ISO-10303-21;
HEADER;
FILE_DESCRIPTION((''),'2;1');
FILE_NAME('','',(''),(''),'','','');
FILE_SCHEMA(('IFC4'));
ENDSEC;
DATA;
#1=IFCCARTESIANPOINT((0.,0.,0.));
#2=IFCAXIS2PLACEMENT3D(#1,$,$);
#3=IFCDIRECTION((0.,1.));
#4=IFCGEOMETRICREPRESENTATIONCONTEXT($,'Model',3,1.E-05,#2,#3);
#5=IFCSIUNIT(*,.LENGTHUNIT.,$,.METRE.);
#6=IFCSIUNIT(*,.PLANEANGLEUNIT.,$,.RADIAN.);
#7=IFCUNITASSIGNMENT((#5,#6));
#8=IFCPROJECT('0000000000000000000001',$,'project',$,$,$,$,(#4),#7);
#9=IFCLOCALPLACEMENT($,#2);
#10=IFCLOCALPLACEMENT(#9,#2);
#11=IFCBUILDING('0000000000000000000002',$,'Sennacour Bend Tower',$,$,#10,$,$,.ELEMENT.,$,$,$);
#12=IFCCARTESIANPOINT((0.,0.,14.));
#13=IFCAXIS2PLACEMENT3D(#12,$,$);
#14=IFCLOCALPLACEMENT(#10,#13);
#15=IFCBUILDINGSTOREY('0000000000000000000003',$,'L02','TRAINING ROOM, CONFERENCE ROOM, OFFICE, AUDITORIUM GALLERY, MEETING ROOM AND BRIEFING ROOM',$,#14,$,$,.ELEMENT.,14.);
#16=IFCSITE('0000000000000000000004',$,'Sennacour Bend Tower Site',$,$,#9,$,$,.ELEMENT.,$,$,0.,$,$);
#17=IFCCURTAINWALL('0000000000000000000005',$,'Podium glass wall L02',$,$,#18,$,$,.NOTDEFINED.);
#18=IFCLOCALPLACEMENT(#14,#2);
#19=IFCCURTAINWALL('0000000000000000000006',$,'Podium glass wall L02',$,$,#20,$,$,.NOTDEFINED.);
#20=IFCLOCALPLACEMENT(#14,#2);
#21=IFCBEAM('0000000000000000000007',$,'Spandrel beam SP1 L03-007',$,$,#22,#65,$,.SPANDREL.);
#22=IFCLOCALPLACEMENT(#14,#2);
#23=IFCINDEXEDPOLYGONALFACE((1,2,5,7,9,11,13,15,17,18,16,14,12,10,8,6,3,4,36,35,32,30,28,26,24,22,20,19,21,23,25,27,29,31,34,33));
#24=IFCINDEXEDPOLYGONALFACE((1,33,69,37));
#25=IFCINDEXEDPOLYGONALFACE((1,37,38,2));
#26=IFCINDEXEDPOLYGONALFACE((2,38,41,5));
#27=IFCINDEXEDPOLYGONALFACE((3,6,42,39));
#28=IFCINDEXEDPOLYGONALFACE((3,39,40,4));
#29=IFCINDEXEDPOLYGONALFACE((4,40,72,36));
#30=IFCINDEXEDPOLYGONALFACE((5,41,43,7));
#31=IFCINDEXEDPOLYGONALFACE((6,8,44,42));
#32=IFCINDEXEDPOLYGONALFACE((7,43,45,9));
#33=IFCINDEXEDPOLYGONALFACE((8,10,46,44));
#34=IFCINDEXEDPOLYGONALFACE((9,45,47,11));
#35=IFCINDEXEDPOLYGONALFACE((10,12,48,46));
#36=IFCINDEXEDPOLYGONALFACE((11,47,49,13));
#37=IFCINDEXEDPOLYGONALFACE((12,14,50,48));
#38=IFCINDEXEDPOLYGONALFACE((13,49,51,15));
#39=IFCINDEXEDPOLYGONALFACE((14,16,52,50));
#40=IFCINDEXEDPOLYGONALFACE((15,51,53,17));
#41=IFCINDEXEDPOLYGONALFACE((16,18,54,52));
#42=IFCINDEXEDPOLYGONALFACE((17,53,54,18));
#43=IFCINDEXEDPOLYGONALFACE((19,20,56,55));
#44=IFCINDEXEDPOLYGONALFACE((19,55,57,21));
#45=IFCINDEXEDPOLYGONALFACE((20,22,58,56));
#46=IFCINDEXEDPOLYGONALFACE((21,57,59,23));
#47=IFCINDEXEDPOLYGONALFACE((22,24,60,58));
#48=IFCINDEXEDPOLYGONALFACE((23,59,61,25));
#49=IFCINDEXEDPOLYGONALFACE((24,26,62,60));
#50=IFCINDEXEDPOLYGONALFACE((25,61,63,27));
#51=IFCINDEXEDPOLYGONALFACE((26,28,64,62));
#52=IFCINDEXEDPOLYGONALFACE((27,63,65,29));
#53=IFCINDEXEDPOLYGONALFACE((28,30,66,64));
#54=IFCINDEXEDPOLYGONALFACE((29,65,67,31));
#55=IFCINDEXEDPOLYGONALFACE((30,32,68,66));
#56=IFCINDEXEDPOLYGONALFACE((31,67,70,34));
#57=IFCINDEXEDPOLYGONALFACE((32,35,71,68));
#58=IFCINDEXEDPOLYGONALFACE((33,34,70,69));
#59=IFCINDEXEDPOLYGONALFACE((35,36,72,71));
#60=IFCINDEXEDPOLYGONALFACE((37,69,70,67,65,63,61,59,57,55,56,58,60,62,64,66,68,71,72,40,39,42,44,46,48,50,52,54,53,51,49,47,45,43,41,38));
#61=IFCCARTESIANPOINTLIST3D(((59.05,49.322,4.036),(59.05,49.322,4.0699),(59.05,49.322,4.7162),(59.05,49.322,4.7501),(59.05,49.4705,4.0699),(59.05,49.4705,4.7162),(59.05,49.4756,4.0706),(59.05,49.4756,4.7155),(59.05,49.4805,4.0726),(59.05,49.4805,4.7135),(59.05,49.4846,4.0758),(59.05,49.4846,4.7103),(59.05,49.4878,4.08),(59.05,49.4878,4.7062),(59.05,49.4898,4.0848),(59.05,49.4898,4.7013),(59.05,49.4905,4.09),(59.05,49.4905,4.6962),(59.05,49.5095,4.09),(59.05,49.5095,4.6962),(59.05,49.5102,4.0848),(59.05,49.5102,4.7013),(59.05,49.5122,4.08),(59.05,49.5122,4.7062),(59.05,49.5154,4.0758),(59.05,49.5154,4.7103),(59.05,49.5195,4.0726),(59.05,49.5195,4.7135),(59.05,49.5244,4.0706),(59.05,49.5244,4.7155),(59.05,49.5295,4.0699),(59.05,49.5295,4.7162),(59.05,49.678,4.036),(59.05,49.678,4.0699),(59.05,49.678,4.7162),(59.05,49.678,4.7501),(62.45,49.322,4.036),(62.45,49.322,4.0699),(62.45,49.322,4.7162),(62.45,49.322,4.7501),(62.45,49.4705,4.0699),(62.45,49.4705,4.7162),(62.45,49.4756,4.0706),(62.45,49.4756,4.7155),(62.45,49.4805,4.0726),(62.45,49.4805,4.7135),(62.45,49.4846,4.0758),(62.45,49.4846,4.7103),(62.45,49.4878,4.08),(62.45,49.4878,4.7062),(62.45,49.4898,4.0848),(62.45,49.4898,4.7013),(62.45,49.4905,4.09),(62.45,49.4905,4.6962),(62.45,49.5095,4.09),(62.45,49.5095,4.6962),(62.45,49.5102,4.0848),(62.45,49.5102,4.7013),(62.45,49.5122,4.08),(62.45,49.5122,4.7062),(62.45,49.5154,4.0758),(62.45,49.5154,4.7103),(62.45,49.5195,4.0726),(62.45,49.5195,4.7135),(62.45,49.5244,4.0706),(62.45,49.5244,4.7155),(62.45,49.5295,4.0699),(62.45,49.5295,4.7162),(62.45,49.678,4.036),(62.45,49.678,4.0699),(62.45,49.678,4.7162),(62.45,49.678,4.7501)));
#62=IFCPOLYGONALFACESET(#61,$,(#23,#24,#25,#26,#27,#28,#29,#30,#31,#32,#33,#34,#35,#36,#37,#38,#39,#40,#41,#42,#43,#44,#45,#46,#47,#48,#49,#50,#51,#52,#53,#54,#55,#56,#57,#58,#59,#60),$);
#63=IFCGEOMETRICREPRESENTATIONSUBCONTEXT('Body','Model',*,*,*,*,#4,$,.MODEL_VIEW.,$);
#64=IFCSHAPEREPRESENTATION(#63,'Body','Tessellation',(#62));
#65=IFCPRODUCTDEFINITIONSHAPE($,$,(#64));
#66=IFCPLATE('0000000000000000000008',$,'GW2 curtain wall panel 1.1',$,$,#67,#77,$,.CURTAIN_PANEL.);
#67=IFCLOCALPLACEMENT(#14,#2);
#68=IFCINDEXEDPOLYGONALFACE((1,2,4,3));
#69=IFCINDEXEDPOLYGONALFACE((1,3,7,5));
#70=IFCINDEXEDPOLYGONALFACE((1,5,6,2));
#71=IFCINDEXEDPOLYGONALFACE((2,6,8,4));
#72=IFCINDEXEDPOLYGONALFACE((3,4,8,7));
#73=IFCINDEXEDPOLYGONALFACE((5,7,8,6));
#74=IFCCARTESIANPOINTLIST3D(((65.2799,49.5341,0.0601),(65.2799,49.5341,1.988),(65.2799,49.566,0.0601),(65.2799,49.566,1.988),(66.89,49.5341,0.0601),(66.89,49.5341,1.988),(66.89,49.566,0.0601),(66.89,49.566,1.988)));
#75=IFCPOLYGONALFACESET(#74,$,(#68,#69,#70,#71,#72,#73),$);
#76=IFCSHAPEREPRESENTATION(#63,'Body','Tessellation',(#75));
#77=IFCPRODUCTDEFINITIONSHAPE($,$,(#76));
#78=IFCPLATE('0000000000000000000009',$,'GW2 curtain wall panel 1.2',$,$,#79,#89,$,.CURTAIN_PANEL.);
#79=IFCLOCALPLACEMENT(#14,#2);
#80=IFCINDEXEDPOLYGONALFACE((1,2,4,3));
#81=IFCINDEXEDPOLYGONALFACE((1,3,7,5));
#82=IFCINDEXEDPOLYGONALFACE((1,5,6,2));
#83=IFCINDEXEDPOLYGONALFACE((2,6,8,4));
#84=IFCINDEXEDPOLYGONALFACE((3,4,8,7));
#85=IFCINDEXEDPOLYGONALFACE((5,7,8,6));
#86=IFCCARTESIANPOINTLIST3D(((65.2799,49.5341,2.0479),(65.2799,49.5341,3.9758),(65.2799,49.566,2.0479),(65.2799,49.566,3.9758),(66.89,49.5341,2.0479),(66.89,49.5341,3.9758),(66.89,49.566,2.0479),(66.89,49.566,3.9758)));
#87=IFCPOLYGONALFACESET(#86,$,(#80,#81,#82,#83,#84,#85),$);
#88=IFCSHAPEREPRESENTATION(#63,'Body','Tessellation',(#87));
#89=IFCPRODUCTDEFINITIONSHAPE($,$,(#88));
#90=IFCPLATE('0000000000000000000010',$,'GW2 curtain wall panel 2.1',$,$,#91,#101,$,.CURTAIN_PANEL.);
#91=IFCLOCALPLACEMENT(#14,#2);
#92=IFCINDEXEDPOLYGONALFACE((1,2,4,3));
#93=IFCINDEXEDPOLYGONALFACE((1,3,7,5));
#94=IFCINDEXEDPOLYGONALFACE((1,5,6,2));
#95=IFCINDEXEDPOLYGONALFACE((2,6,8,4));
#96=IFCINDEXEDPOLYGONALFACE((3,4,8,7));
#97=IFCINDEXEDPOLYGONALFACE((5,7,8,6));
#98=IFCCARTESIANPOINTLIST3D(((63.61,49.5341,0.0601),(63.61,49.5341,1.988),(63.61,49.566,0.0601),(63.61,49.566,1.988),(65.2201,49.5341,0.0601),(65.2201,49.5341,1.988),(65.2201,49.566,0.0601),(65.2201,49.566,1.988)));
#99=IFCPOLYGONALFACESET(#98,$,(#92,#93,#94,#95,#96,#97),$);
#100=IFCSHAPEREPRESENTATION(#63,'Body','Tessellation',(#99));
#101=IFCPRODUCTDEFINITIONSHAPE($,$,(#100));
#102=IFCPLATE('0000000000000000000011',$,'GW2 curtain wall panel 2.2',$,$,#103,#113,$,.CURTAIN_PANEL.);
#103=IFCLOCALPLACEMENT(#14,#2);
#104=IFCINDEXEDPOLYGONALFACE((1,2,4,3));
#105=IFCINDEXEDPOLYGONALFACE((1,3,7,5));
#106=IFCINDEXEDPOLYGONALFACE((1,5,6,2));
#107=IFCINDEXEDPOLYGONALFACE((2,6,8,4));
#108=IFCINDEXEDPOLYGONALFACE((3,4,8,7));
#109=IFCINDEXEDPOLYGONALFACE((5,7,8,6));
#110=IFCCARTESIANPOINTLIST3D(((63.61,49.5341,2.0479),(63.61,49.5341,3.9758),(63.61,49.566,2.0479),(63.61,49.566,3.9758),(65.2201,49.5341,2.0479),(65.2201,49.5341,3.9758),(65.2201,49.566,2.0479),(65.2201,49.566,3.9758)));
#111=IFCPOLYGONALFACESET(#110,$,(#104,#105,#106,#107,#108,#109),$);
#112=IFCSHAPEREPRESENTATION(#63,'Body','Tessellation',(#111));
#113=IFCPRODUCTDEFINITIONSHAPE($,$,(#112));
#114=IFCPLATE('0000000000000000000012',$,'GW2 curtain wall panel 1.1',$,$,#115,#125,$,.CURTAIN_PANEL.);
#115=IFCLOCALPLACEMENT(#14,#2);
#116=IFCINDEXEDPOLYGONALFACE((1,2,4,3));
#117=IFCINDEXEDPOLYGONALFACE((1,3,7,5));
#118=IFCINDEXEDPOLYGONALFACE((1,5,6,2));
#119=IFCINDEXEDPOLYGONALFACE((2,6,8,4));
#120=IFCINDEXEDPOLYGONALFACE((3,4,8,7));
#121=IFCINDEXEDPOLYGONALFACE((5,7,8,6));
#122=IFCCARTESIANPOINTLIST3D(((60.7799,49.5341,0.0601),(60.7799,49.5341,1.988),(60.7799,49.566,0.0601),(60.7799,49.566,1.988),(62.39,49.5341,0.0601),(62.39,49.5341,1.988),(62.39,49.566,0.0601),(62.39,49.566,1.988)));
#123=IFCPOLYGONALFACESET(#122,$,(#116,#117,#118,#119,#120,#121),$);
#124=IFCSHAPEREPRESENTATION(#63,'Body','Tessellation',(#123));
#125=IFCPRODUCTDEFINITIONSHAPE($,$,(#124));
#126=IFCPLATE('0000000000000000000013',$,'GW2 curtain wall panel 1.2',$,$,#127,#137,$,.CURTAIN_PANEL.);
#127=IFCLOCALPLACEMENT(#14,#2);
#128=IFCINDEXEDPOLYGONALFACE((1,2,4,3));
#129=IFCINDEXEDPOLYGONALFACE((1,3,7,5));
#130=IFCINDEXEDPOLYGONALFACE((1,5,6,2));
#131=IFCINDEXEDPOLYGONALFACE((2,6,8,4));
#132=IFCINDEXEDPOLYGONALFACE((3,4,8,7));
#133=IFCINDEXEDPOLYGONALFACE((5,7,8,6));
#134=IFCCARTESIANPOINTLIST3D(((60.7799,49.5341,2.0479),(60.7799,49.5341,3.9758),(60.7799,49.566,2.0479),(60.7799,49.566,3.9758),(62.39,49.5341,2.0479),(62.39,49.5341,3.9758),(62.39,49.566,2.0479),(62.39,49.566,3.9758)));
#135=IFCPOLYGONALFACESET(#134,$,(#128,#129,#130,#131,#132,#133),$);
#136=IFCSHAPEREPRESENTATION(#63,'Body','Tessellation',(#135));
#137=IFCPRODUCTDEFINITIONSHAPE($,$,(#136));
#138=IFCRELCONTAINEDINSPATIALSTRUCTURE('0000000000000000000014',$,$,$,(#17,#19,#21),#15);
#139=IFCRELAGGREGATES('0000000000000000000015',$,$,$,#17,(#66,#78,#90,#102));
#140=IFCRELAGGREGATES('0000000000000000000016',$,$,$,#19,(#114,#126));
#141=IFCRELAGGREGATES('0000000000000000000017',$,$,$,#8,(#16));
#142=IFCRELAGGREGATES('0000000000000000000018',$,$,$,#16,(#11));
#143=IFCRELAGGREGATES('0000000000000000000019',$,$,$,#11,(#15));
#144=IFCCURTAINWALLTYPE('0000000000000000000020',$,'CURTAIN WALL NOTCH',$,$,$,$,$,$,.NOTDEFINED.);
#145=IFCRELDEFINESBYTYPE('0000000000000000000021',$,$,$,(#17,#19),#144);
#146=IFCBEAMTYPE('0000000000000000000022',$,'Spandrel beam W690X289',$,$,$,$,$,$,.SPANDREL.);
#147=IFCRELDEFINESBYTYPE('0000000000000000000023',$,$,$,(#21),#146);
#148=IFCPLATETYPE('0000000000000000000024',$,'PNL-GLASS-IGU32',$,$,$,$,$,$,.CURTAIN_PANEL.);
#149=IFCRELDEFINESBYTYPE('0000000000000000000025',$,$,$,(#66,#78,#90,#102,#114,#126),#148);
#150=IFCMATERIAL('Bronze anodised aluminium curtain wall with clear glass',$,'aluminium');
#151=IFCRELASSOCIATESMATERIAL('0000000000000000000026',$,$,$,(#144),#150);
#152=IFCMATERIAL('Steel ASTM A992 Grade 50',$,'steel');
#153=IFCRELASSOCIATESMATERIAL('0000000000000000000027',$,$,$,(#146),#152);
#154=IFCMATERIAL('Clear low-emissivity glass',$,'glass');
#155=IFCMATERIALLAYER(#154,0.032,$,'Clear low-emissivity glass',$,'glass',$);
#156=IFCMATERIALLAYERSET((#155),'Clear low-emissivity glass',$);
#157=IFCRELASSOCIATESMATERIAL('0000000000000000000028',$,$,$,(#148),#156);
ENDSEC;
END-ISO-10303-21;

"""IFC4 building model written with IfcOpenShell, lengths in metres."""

from ifc_helpers import new_model, si_unit, direction, frame, origin, origin_2d, place, context, subcontext, project, spatial, rectangle, i_section, extrude, material, layer, layer_set, material_profile, profile_set, type_object, element, aggregate, save


model = new_model("IFC4")

# Units and contexts
model_context = context("Model", 3, precision=1e-05, world=origin(), true_north=direction((0.0, 1.0)))
body_context = subcontext(model_context, "Body", "Model", "MODEL_VIEW")
ifc_project = project(units=[si_unit("LENGTHUNIT", "METRE"), si_unit("PLANEANGLEUNIT", "RADIAN")], contexts=[model_context])

# Site, building, storey
site_placement = place(None, origin())
site = spatial("IfcSite", under=ifc_project, at=site_placement, Name="Sennacour Bend Tower Site", CompositionType="ELEMENT", RefElevation=0.0)
building_placement = place(site_placement, origin())
building = spatial("IfcBuilding", under=site, at=building_placement, Name="Sennacour Bend Tower", CompositionType="ELEMENT")
storey_placement = place(building_placement, frame((0.0, 0.0, 14.0)))
storey = spatial("IfcBuildingStorey", under=building, at=storey_placement, Name="L02", Description="TRAINING ROOM, CONFERENCE ROOM, OFFICE, AUDITORIUM GALLERY, MEETING ROOM AND BRIEFING ROOM", CompositionType="ELEMENT", Elevation=14.0)

# Curtain walls
ifc_material_1 = material(Name="Bronze anodised aluminium curtain wall with clear glass", Category="aluminium")
curtain_wall_type = type_object("IfcCurtainWallType", Name="CURTAIN WALL NOTCH", PredefinedType="NOTDEFINED", material=ifc_material_1)
curtain_wall_1_placement = place(storey_placement, origin())
curtain_wall_1 = element("IfcCurtainWall", 1, at=curtain_wall_1_placement, inside=storey, type_object=curtain_wall_type, Name="Podium glass wall L02", PredefinedType="NOTDEFINED")
curtain_wall_2_placement = place(storey_placement, origin())
curtain_wall_2 = element("IfcCurtainWall", 2, at=curtain_wall_2_placement, inside=storey, type_object=curtain_wall_type, Name="Podium glass wall L02", PredefinedType="NOTDEFINED")

# Beam
ifc_material_2 = material(Name="Steel ASTM A992 Grade 50", Category="steel")
ifc_material_profile_1 = material_profile(ifc_material_2, i_section(OverallWidth=0.356, OverallDepth=0.7141, WebThickness=0.019, FlangeThickness=0.0339, FilletRadius=0.02, at=origin_2d()), Name="Steel ASTM A992 Grade 50", Category="steel")
ifc_profile_set_1 = profile_set([ifc_material_profile_1], Name="Steel ASTM A992 Grade 50")
beam_type = type_object("IfcBeamType", Name="Spandrel beam W690X289", PredefinedType="SPANDREL", material=ifc_profile_set_1)
for number, where, z_axis, x_axis, name in (
    (3, (62.45, 49.5, 4.3931), (-1.0, 0.0, 0.0), (0.0, -1.0, 0.0), "Spandrel beam SP1 L03-007"),
):
    element("IfcBeam", number, at=place(storey_placement, frame(where, z_axis=z_axis, x_axis=x_axis)), inside=storey, type_object=beam_type, Name=name, PredefinedType="SPANDREL", context=body_context, shape_type="SweptSolid", body=[
        extrude(i_section(OverallWidth=0.356, OverallDepth=0.7141, WebThickness=0.019, FlangeThickness=0.0339, FilletRadius=0.02, at=origin_2d()), origin(), (0.0, 0.0, 1.0), 3.3999),
    ])

# Plates
ifc_material_3 = material(Name="Clear low-emissivity glass", Category="glass")
ifc_layer = layer(ifc_material_3, 0.032, Name="Clear low-emissivity glass", Category="glass")
ifc_layer_set = layer_set([ifc_layer], Name="Clear low-emissivity glass")
plate_type = type_object("IfcPlateType", Name="PNL-GLASS-IGU32", PredefinedType="CURTAIN_PANEL", material=ifc_layer_set)
plate_1_placement = place(storey_placement, frame((66.085, 49.55, 0.0601), z_axis=(0.0, 0.0, 1.0), x_axis=(-1.0, 0.0, 0.0)))
plate_1 = element("IfcPlate", 4, at=plate_1_placement, type_object=plate_type, Name="GW2 curtain wall panel 1.1", PredefinedType="CURTAIN_PANEL", context=body_context, shape_type="SweptSolid", body=[
    extrude(rectangle(XDim=1.6101, YDim=0.032, at=origin_2d()), origin(), (0.0, 0.0, 1.0), 1.928),
])
plate_2_placement = place(storey_placement, frame((66.085, 49.55, 2.0479), z_axis=(0.0, 0.0, 1.0), x_axis=(-1.0, 0.0, 0.0)))
plate_2 = element("IfcPlate", 5, at=plate_2_placement, type_object=plate_type, Name="GW2 curtain wall panel 1.2", PredefinedType="CURTAIN_PANEL", context=body_context, shape_type="SweptSolid", body=[
    extrude(rectangle(XDim=1.6101, YDim=0.032, at=origin_2d()), origin(), (0.0, 0.0, 1.0), 1.928),
])
plate_3_placement = place(storey_placement, frame((64.415, 49.55, 0.0601), z_axis=(0.0, 0.0, 1.0), x_axis=(-1.0, 0.0, 0.0)))
plate_3 = element("IfcPlate", 6, at=plate_3_placement, type_object=plate_type, Name="GW2 curtain wall panel 2.1", PredefinedType="CURTAIN_PANEL", context=body_context, shape_type="SweptSolid", body=[
    extrude(rectangle(XDim=1.6101, YDim=0.032, at=origin_2d()), origin(), (0.0, 0.0, 1.0), 1.928),
])
plate_4_placement = place(storey_placement, frame((64.415, 49.55, 2.0479), z_axis=(0.0, 0.0, 1.0), x_axis=(-1.0, 0.0, 0.0)))
plate_4 = element("IfcPlate", 7, at=plate_4_placement, type_object=plate_type, Name="GW2 curtain wall panel 2.2", PredefinedType="CURTAIN_PANEL", context=body_context, shape_type="SweptSolid", body=[
    extrude(rectangle(XDim=1.6101, YDim=0.032, at=origin_2d()), origin(), (0.0, 0.0, 1.0), 1.928),
])
aggregate(curtain_wall_1, [plate_1, plate_2, plate_3, plate_4])
plate_5_placement = place(storey_placement, frame((61.585, 49.55, 0.0601), z_axis=(0.0, 0.0, 1.0), x_axis=(-1.0, 0.0, 0.0)))
plate_5 = element("IfcPlate", 8, at=plate_5_placement, type_object=plate_type, Name="GW2 curtain wall panel 1.1", PredefinedType="CURTAIN_PANEL", context=body_context, shape_type="SweptSolid", body=[
    extrude(rectangle(XDim=1.6101, YDim=0.032, at=origin_2d()), origin(), (0.0, 0.0, 1.0), 1.928),
])
plate_6_placement = place(storey_placement, frame((61.585, 49.55, 2.0479), z_axis=(0.0, 0.0, 1.0), x_axis=(-1.0, 0.0, 0.0)))
plate_6 = element("IfcPlate", 9, at=plate_6_placement, type_object=plate_type, Name="GW2 curtain wall panel 1.2", PredefinedType="CURTAIN_PANEL", context=body_context, shape_type="SweptSolid", body=[
    extrude(rectangle(XDim=1.6101, YDim=0.032, at=origin_2d()), origin(), (0.0, 0.0, 1.0), 1.928),
])
aggregate(curtain_wall_2, [plate_5, plate_6])

save(model, "model.ifc")
